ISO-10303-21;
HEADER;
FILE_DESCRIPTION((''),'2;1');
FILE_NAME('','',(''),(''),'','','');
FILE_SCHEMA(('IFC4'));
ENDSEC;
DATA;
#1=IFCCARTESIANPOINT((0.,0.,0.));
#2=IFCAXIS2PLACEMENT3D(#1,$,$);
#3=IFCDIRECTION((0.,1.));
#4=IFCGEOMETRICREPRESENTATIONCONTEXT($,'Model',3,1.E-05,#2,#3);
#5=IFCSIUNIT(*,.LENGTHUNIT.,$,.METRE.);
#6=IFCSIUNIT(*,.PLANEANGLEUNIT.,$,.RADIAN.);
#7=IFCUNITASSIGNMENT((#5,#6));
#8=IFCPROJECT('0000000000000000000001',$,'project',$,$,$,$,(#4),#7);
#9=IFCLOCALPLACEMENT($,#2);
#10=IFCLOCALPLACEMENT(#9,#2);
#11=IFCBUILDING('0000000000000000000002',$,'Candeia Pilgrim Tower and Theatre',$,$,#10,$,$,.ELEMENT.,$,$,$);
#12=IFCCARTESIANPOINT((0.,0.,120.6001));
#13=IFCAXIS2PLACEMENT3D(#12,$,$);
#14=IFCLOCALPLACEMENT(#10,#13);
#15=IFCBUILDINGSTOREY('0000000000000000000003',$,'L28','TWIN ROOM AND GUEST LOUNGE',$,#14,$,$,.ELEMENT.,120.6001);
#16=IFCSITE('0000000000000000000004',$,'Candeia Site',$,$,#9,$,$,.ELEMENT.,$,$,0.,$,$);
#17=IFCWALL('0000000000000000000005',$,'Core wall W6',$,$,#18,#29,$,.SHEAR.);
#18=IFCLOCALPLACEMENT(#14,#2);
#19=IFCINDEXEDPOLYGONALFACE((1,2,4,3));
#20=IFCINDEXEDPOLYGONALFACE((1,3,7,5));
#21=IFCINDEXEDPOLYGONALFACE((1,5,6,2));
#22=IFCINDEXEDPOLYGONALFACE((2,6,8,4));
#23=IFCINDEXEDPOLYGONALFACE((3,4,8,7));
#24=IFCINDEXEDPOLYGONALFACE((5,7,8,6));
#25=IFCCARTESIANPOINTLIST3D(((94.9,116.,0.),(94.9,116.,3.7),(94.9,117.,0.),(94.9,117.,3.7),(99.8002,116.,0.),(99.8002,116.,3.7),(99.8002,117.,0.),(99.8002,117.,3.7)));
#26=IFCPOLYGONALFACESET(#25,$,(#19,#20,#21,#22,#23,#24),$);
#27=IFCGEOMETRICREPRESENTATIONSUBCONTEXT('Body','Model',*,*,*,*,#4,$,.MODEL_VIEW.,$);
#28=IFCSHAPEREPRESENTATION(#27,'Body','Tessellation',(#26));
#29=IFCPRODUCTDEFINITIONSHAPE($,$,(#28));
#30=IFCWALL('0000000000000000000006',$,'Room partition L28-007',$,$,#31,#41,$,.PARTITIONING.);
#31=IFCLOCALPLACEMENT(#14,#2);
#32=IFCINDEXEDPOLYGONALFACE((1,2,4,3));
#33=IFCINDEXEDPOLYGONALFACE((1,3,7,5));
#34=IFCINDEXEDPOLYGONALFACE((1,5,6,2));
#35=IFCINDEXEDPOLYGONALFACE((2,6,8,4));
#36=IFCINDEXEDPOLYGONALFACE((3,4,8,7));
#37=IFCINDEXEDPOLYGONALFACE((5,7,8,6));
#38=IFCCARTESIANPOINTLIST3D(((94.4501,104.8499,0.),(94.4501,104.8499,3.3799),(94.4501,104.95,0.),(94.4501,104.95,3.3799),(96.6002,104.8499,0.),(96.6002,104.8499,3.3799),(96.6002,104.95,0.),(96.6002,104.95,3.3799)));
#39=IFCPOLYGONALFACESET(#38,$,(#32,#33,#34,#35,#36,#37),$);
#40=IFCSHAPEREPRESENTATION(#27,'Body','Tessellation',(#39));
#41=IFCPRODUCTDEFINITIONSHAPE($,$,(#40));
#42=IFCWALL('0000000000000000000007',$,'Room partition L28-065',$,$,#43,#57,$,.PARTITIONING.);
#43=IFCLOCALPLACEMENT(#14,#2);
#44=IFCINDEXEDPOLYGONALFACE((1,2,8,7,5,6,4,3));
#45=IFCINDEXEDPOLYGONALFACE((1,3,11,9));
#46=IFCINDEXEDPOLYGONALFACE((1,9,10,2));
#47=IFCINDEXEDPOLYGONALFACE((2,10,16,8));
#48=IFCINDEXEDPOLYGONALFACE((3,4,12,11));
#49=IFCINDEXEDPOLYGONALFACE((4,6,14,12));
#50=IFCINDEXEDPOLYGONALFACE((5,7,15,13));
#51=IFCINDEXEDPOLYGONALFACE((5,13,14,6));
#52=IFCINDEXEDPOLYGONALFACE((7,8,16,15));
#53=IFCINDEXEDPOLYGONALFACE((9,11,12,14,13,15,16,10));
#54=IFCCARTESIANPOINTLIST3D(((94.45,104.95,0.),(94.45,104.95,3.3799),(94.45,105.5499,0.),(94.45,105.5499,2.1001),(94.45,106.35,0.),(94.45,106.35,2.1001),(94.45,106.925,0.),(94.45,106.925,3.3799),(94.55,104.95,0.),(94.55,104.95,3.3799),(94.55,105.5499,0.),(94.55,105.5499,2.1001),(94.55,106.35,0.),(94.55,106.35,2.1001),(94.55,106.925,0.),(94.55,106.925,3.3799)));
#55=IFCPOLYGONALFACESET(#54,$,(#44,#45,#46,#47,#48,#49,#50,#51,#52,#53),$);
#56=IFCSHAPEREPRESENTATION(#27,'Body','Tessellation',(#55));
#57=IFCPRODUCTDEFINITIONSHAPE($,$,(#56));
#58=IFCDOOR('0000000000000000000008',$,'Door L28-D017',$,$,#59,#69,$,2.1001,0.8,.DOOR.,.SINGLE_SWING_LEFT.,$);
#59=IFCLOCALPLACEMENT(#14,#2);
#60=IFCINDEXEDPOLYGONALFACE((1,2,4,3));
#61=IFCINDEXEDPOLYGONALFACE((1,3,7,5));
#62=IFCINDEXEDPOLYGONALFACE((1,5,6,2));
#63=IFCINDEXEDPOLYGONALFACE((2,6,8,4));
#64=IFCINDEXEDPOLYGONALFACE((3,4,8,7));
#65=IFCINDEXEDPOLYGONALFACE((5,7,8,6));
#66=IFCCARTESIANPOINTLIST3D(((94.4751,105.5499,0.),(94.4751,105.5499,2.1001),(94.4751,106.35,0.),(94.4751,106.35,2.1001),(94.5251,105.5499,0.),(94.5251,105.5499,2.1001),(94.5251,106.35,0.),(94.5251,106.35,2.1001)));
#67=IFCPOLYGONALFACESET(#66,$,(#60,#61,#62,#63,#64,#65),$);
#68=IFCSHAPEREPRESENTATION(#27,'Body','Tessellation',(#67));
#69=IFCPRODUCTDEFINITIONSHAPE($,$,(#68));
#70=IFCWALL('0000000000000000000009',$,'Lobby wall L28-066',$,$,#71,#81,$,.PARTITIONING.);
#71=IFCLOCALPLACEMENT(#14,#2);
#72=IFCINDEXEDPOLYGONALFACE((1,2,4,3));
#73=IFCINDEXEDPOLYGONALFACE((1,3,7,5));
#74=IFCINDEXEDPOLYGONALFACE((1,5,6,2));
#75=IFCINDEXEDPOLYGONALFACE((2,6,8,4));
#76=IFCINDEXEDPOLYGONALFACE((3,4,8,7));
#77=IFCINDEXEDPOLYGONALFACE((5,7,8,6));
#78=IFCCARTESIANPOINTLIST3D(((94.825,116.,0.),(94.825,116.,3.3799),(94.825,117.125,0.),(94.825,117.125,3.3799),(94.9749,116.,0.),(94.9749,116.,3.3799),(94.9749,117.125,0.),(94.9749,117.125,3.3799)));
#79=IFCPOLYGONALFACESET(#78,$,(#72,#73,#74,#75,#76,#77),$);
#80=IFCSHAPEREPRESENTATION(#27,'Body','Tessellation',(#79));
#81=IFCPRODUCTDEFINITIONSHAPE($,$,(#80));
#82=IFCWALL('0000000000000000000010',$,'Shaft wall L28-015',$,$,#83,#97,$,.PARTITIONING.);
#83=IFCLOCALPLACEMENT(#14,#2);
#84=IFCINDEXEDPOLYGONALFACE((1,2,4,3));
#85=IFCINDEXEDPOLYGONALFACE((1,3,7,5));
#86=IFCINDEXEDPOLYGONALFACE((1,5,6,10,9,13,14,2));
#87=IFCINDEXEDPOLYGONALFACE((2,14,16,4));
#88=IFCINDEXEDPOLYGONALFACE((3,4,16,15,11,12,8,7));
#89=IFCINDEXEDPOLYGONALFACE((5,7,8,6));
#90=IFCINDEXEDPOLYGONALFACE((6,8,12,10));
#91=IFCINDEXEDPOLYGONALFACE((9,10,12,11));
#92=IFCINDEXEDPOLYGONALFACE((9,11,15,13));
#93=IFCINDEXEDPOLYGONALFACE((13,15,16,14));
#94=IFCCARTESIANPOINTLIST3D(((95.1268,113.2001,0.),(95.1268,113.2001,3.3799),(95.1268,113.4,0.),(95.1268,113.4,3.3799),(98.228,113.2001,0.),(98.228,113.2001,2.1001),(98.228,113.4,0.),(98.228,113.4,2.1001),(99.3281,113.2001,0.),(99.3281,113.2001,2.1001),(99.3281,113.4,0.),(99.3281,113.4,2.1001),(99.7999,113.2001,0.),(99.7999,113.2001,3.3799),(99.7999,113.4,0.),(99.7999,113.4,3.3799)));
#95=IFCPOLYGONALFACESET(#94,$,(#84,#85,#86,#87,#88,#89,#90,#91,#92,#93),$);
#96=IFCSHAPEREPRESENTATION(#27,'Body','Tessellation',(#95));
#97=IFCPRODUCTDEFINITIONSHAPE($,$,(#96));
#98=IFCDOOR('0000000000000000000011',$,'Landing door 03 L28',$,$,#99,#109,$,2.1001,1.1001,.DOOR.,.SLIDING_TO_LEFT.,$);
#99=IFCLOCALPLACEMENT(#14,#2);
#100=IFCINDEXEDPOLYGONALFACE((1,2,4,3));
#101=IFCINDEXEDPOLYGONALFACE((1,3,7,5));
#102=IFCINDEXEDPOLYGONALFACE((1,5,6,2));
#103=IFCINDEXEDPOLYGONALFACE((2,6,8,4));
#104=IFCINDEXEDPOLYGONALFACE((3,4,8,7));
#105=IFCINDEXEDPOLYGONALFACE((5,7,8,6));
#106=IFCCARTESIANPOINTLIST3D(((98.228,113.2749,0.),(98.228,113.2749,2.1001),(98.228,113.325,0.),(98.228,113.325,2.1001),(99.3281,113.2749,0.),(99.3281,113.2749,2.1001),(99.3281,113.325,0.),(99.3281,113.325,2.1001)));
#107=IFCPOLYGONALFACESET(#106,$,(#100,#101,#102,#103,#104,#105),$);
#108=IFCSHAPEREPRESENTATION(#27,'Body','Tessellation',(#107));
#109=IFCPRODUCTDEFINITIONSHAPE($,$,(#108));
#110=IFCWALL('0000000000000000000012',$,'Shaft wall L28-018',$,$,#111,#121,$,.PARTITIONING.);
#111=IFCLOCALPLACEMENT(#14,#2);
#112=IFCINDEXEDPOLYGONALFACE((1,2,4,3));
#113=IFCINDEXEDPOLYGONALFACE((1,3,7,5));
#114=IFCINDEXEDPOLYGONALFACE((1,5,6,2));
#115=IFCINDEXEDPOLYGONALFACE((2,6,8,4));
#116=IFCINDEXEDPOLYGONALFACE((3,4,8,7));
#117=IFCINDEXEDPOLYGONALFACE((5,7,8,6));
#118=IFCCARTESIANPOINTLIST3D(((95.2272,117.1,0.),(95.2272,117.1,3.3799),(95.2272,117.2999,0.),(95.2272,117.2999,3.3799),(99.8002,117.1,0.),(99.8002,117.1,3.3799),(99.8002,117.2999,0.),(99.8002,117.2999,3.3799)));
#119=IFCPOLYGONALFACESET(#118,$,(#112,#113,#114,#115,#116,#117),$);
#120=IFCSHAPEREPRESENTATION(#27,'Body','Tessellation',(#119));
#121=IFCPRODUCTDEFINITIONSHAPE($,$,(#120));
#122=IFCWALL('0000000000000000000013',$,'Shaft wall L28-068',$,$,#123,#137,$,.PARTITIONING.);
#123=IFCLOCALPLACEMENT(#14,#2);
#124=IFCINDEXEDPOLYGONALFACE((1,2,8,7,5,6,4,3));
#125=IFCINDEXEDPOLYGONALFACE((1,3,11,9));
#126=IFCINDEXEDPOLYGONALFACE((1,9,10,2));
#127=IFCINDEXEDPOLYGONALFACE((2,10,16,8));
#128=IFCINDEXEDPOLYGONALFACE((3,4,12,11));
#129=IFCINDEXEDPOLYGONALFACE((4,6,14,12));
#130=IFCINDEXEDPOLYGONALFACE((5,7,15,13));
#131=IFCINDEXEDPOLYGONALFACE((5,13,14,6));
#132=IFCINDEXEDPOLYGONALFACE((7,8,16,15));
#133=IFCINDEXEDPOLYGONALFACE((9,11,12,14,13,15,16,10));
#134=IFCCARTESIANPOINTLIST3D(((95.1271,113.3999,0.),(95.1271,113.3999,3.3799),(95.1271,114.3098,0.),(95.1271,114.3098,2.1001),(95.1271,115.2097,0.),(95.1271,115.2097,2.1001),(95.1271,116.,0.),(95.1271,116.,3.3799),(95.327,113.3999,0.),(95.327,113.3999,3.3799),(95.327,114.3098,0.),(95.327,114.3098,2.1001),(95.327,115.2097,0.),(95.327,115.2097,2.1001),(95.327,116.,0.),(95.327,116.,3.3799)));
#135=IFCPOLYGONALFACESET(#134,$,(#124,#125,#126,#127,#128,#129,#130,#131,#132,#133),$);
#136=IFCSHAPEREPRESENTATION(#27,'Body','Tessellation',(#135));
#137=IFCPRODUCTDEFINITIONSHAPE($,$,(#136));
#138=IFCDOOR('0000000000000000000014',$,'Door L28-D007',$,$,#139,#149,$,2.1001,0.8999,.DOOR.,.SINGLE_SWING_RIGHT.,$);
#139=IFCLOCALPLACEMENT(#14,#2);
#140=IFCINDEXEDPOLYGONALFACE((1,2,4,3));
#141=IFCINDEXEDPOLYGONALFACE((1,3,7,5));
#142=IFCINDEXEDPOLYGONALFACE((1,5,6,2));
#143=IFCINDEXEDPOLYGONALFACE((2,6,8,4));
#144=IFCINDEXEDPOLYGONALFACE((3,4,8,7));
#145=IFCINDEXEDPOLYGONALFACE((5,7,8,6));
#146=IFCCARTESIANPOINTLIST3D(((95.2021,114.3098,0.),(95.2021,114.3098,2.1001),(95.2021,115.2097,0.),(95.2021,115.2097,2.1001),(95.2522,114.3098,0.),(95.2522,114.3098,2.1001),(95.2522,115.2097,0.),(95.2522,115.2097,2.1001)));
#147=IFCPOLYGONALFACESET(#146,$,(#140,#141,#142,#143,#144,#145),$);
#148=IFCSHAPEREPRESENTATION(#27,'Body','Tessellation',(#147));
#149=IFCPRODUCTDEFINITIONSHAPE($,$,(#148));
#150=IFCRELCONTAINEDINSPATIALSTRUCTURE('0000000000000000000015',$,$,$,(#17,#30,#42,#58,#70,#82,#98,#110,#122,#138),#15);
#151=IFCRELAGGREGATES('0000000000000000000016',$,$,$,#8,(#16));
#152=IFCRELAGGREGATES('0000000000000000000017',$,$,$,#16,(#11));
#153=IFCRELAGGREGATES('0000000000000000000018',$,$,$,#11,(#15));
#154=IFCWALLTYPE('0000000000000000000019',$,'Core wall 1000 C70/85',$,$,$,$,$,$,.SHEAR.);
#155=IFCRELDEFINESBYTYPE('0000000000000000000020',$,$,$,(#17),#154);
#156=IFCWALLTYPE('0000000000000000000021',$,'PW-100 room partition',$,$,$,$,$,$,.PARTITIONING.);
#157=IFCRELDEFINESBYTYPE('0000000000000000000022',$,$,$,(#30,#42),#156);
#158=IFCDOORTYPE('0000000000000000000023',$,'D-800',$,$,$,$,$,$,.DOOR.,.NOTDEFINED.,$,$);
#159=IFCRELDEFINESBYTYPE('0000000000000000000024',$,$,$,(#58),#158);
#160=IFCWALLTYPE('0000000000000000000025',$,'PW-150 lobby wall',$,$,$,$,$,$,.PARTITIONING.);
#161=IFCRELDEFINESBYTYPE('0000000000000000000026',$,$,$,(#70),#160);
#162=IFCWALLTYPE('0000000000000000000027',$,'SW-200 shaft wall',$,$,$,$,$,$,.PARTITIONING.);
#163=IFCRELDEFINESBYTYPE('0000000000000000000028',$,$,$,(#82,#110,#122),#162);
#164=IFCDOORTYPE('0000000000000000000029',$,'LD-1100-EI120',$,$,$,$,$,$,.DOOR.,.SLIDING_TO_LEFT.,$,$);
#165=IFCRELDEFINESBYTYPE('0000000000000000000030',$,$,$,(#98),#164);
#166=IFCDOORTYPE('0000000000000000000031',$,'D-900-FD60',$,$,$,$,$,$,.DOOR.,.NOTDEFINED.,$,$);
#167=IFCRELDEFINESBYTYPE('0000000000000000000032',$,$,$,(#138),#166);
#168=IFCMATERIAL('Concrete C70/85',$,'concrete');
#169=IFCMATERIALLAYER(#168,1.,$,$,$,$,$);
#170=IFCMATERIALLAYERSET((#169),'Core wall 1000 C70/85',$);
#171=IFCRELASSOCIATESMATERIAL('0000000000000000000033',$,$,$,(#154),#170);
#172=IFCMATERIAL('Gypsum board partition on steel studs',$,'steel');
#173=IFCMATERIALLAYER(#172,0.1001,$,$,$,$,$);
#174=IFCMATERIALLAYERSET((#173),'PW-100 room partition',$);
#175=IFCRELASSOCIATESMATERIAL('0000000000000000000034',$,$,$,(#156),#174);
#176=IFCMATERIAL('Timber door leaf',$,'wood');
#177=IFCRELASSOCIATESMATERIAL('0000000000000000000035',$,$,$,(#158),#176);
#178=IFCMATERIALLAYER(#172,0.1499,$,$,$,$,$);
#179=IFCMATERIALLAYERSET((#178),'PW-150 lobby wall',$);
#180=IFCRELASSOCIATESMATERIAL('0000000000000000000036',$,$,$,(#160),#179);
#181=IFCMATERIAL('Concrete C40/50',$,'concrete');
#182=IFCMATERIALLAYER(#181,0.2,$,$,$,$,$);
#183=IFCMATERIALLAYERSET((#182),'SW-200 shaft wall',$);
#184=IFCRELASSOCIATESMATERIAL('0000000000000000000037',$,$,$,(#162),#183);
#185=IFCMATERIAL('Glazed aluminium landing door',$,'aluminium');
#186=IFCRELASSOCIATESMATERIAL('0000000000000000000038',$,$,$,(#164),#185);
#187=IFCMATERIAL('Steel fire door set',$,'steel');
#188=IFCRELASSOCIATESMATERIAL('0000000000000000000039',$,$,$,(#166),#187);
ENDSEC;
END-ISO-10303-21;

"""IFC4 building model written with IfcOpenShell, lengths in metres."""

from ifc_helpers import new_model, si_unit, direction, frame, frame_2d, origin, place, context, subcontext, project, spatial, rectangle, extrude, material, layer, layer_set, type_object, element, fill, save


model = new_model("IFC4")

# Units and contexts
model_context = context("Model", 3, precision=1e-05, world=origin(), true_north=direction((0.0, 1.0)))
body_context = subcontext(model_context, "Body", "Model", "MODEL_VIEW")
ifc_project = project(units=[si_unit("LENGTHUNIT", "METRE"), si_unit("PLANEANGLEUNIT", "RADIAN")], contexts=[model_context])

# Site, building, storey
site_placement = place(None, origin())
site = spatial("IfcSite", under=ifc_project, at=site_placement, Name="Candeia Site", CompositionType="ELEMENT", RefElevation=0.0)
building_placement = place(site_placement, origin())
building = spatial("IfcBuilding", under=site, at=building_placement, Name="Candeia Pilgrim Tower and Theatre", CompositionType="ELEMENT")
storey_placement = place(building_placement, frame((0.0, 0.0, 120.6001)))
storey = spatial("IfcBuildingStorey", under=building, at=storey_placement, Name="L28", Description="TWIN ROOM AND GUEST LOUNGE", CompositionType="ELEMENT", Elevation=120.6001)

# Walls
ifc_material_1 = material(Name="Concrete C70/85", Category="concrete")
ifc_layer_1 = layer(ifc_material_1, 1.0)
ifc_layer_set_1 = layer_set([ifc_layer_1], Name="Core wall 1000 C70/85")
wall_type_1 = type_object("IfcWallType", Name="Core wall 1000 C70/85", PredefinedType="SHEAR", material=ifc_layer_set_1)
wall_1_placement = place(storey_placement, frame((94.8999, 116.5, 0.0), z_axis=(0.0, 0.0, 1.0), x_axis=(1.0, 0.0, 0.0)))
element("IfcWall", 1, at=wall_1_placement, inside=storey, type_object=wall_type_1, Name="Core wall W6", PredefinedType="SHEAR", context=body_context, shape_type="SweptSolid", body=[
    extrude(rectangle(XDim=4.9001, YDim=1.0, at=frame_2d((2.4502, 0.0))), origin(), (0.0, 0.0, 1.0), 3.7),
])
ifc_material_2 = material(Name="Gypsum board partition on steel studs", Category="steel")
ifc_layer_2 = layer(ifc_material_2, 0.1001)
ifc_layer_set_2 = layer_set([ifc_layer_2], Name="PW-100 room partition")
wall_type_2 = type_object("IfcWallType", Name="PW-100 room partition", PredefinedType="PARTITIONING", material=ifc_layer_set_2)
wall_2_placement = place(storey_placement, frame((94.45, 104.8999, 0.0), z_axis=(0.0, 0.0, 1.0), x_axis=(1.0, 0.0, 0.0)))
element("IfcWall", 2, at=wall_2_placement, inside=storey, type_object=wall_type_2, Name="Room partition L28-007", PredefinedType="PARTITIONING", context=body_context, shape_type="SweptSolid", body=[
    extrude(rectangle(XDim=2.1501, YDim=0.1001, at=frame_2d((1.0752, 0.0))), origin(), (0.0, 0.0, 1.0), 3.3799),
])

# Wall, opening, door
wall_3_placement = place(storey_placement, frame((94.5, 104.95, 0.0), z_axis=(0.0, 0.0, 1.0), x_axis=(0.0, 1.0, 0.0)))
wall_3 = element("IfcWall", 3, at=wall_3_placement, inside=storey, type_object=wall_type_2, Name="Room partition L28-065", PredefinedType="PARTITIONING", context=body_context, shape_type="SweptSolid", body=[
    extrude(rectangle(XDim=1.9751, YDim=0.1001, at=frame_2d((0.9875, 0.0))), origin(), (0.0, 0.0, 1.0), 3.3799),
])
opening_1_placement = place(wall_3_placement, frame((0.6001, 0.0, 0.0)))
opening_1 = element("IfcOpeningElement", 4, at=opening_1_placement, cuts=wall_3, PredefinedType="OPENING", context=body_context, shape_type="SweptSolid", body=[
    extrude(rectangle(XDim=0.8, YDim=2.1001, at=frame_2d((0.3999, 1.05))), frame((0.0, 0.0601, 0.0), z_axis=(0.0, -1.0, 0.0), x_axis=(1.0, 0.0, 0.0)), (0.0, 0.0, 1.0), 0.1201),
])
ifc_material_3 = material(Name="Timber door leaf", Category="wood")
door_type_1 = type_object("IfcDoorType", Name="D-800", OperationType="NOTDEFINED", PredefinedType="DOOR", material=ifc_material_3)
door_1_placement = place(opening_1_placement, origin())
door_1 = element("IfcDoor", 5, at=door_1_placement, inside=storey, type_object=door_type_1, Name="Door L28-D017", OperationType="SINGLE_SWING_LEFT", OverallHeight=2.1001, OverallWidth=0.8, PredefinedType="DOOR", context=body_context, shape_type="SweptSolid", body=[
    extrude(rectangle(XDim=0.8, YDim=2.1001, at=frame_2d((0.3999, 1.05))), frame((0.0, 0.0249, 0.0), z_axis=(0.0, -1.0, 0.0), x_axis=(1.0, 0.0, 0.0)), (0.0, 0.0, 1.0), 0.05),
])
fill(opening_1, door_1)

# Wall
ifc_layer_3 = layer(ifc_material_2, 0.1499)
ifc_layer_set_3 = layer_set([ifc_layer_3], Name="PW-150 lobby wall")
wall_type_3 = type_object("IfcWallType", Name="PW-150 lobby wall", PredefinedType="PARTITIONING", material=ifc_layer_set_3)
wall_4_placement = place(storey_placement, frame((94.8999, 116.0, 0.0), z_axis=(0.0, 0.0, 1.0), x_axis=(0.0, 1.0, 0.0)))
element("IfcWall", 6, at=wall_4_placement, inside=storey, type_object=wall_type_3, Name="Lobby wall L28-066", PredefinedType="PARTITIONING", context=body_context, shape_type="SweptSolid", body=[
    extrude(rectangle(XDim=1.125, YDim=0.1499, at=frame_2d((0.5625, 0.0))), origin(), (0.0, 0.0, 1.0), 3.3799),
])

# Wall, opening, door
ifc_material_4 = material(Name="Concrete C40/50", Category="concrete")
ifc_layer_4 = layer(ifc_material_4, 0.2)
ifc_layer_set_4 = layer_set([ifc_layer_4], Name="SW-200 shaft wall")
wall_type_4 = type_object("IfcWallType", Name="SW-200 shaft wall", PredefinedType="PARTITIONING", material=ifc_layer_set_4)
wall_5_placement = place(storey_placement, frame((95.127, 113.3, 0.0), z_axis=(0.0, 0.0, 1.0), x_axis=(1.0, 0.0, 0.0)))
wall_5 = element("IfcWall", 7, at=wall_5_placement, inside=storey, type_object=wall_type_4, Name="Shaft wall L28-015", PredefinedType="PARTITIONING", context=body_context, shape_type="SweptSolid", body=[
    extrude(rectangle(XDim=4.6731, YDim=0.2, at=frame_2d((2.3364, 0.0))), origin(), (0.0, 0.0, 1.0), 3.3799),
])
opening_2_placement = place(wall_5_placement, frame((3.1011, 0.0, 0.0)))
opening_2 = element("IfcOpeningElement", 8, at=opening_2_placement, cuts=wall_5, PredefinedType="OPENING", context=body_context, shape_type="SweptSolid", body=[
    extrude(rectangle(XDim=1.1001, YDim=2.1001, at=frame_2d((0.55, 1.05))), frame((0.0, 0.1099, 0.0), z_axis=(0.0, -1.0, 0.0), x_axis=(1.0, 0.0, 0.0)), (0.0, 0.0, 1.0), 0.22),
])
ifc_material_5 = material(Name="Glazed aluminium landing door", Category="aluminium")
door_type_2 = type_object("IfcDoorType", Name="LD-1100-EI120", OperationType="SLIDING_TO_LEFT", PredefinedType="DOOR", material=ifc_material_5)
door_2_placement = place(opening_2_placement, origin())
door_2 = element("IfcDoor", 9, at=door_2_placement, inside=storey, type_object=door_type_2, Name="Landing door 03 L28", OperationType="SLIDING_TO_LEFT", OverallHeight=2.1001, OverallWidth=1.1001, PredefinedType="DOOR", context=body_context, shape_type="SweptSolid", body=[
    extrude(rectangle(XDim=1.1001, YDim=2.1001, at=frame_2d((0.55, 1.05))), frame((0.0, 0.0249, 0.0), z_axis=(0.0, -1.0, 0.0), x_axis=(1.0, 0.0, 0.0)), (0.0, 0.0, 1.0), 0.05),
])
fill(opening_2, door_2)

# Wall
wall_6_placement = place(storey_placement, frame((95.2271, 117.2, 0.0), z_axis=(0.0, 0.0, 1.0), x_axis=(1.0, 0.0, 0.0)))
element("IfcWall", 10, at=wall_6_placement, inside=storey, type_object=wall_type_4, Name="Shaft wall L28-018", PredefinedType="PARTITIONING", context=body_context, shape_type="SweptSolid", body=[
    extrude(rectangle(XDim=4.573, YDim=0.2, at=frame_2d((2.2866, 0.0))), origin(), (0.0, 0.0, 1.0), 3.3799),
])

# Wall, opening, door
wall_7_placement = place(storey_placement, frame((95.2271, 113.3999, 0.0), z_axis=(0.0, 0.0, 1.0), x_axis=(0.0, 1.0, 0.0)))
wall_7 = element("IfcWall", 11, at=wall_7_placement, inside=storey, type_object=wall_type_4, Name="Shaft wall L28-068", PredefinedType="PARTITIONING", context=body_context, shape_type="SweptSolid", body=[
    extrude(rectangle(XDim=2.6001, YDim=0.2, at=frame_2d((1.3, 0.0))), origin(), (0.0, 0.0, 1.0), 3.3799),
])
opening_3_placement = place(wall_7_placement, frame((0.9099, 0.0, 0.0)))
opening_3 = element("IfcOpeningElement", 12, at=opening_3_placement, cuts=wall_7, PredefinedType="OPENING", context=body_context, shape_type="SweptSolid", body=[
    extrude(rectangle(XDim=0.8999, YDim=2.1001, at=frame_2d((0.45, 1.05))), frame((0.0, 0.1099, 0.0), z_axis=(0.0, -1.0, 0.0), x_axis=(1.0, 0.0, 0.0)), (0.0, 0.0, 1.0), 0.22),
])
ifc_material_6 = material(Name="Steel fire door set", Category="steel")
door_type_3 = type_object("IfcDoorType", Name="D-900-FD60", OperationType="NOTDEFINED", PredefinedType="DOOR", material=ifc_material_6)
door_3_placement = place(opening_3_placement, origin())
door_3 = element("IfcDoor", 13, at=door_3_placement, inside=storey, type_object=door_type_3, Name="Door L28-D007", OperationType="SINGLE_SWING_RIGHT", OverallHeight=2.1001, OverallWidth=0.8999, PredefinedType="DOOR", context=body_context, shape_type="SweptSolid", body=[
    extrude(rectangle(XDim=0.8999, YDim=2.1001, at=frame_2d((0.45, 1.05))), frame((0.0, 0.0249, 0.0), z_axis=(0.0, -1.0, 0.0), x_axis=(1.0, 0.0, 0.0)), (0.0, 0.0, 1.0), 0.05),
])
fill(opening_3, door_3)

save(model, "model.ifc")
